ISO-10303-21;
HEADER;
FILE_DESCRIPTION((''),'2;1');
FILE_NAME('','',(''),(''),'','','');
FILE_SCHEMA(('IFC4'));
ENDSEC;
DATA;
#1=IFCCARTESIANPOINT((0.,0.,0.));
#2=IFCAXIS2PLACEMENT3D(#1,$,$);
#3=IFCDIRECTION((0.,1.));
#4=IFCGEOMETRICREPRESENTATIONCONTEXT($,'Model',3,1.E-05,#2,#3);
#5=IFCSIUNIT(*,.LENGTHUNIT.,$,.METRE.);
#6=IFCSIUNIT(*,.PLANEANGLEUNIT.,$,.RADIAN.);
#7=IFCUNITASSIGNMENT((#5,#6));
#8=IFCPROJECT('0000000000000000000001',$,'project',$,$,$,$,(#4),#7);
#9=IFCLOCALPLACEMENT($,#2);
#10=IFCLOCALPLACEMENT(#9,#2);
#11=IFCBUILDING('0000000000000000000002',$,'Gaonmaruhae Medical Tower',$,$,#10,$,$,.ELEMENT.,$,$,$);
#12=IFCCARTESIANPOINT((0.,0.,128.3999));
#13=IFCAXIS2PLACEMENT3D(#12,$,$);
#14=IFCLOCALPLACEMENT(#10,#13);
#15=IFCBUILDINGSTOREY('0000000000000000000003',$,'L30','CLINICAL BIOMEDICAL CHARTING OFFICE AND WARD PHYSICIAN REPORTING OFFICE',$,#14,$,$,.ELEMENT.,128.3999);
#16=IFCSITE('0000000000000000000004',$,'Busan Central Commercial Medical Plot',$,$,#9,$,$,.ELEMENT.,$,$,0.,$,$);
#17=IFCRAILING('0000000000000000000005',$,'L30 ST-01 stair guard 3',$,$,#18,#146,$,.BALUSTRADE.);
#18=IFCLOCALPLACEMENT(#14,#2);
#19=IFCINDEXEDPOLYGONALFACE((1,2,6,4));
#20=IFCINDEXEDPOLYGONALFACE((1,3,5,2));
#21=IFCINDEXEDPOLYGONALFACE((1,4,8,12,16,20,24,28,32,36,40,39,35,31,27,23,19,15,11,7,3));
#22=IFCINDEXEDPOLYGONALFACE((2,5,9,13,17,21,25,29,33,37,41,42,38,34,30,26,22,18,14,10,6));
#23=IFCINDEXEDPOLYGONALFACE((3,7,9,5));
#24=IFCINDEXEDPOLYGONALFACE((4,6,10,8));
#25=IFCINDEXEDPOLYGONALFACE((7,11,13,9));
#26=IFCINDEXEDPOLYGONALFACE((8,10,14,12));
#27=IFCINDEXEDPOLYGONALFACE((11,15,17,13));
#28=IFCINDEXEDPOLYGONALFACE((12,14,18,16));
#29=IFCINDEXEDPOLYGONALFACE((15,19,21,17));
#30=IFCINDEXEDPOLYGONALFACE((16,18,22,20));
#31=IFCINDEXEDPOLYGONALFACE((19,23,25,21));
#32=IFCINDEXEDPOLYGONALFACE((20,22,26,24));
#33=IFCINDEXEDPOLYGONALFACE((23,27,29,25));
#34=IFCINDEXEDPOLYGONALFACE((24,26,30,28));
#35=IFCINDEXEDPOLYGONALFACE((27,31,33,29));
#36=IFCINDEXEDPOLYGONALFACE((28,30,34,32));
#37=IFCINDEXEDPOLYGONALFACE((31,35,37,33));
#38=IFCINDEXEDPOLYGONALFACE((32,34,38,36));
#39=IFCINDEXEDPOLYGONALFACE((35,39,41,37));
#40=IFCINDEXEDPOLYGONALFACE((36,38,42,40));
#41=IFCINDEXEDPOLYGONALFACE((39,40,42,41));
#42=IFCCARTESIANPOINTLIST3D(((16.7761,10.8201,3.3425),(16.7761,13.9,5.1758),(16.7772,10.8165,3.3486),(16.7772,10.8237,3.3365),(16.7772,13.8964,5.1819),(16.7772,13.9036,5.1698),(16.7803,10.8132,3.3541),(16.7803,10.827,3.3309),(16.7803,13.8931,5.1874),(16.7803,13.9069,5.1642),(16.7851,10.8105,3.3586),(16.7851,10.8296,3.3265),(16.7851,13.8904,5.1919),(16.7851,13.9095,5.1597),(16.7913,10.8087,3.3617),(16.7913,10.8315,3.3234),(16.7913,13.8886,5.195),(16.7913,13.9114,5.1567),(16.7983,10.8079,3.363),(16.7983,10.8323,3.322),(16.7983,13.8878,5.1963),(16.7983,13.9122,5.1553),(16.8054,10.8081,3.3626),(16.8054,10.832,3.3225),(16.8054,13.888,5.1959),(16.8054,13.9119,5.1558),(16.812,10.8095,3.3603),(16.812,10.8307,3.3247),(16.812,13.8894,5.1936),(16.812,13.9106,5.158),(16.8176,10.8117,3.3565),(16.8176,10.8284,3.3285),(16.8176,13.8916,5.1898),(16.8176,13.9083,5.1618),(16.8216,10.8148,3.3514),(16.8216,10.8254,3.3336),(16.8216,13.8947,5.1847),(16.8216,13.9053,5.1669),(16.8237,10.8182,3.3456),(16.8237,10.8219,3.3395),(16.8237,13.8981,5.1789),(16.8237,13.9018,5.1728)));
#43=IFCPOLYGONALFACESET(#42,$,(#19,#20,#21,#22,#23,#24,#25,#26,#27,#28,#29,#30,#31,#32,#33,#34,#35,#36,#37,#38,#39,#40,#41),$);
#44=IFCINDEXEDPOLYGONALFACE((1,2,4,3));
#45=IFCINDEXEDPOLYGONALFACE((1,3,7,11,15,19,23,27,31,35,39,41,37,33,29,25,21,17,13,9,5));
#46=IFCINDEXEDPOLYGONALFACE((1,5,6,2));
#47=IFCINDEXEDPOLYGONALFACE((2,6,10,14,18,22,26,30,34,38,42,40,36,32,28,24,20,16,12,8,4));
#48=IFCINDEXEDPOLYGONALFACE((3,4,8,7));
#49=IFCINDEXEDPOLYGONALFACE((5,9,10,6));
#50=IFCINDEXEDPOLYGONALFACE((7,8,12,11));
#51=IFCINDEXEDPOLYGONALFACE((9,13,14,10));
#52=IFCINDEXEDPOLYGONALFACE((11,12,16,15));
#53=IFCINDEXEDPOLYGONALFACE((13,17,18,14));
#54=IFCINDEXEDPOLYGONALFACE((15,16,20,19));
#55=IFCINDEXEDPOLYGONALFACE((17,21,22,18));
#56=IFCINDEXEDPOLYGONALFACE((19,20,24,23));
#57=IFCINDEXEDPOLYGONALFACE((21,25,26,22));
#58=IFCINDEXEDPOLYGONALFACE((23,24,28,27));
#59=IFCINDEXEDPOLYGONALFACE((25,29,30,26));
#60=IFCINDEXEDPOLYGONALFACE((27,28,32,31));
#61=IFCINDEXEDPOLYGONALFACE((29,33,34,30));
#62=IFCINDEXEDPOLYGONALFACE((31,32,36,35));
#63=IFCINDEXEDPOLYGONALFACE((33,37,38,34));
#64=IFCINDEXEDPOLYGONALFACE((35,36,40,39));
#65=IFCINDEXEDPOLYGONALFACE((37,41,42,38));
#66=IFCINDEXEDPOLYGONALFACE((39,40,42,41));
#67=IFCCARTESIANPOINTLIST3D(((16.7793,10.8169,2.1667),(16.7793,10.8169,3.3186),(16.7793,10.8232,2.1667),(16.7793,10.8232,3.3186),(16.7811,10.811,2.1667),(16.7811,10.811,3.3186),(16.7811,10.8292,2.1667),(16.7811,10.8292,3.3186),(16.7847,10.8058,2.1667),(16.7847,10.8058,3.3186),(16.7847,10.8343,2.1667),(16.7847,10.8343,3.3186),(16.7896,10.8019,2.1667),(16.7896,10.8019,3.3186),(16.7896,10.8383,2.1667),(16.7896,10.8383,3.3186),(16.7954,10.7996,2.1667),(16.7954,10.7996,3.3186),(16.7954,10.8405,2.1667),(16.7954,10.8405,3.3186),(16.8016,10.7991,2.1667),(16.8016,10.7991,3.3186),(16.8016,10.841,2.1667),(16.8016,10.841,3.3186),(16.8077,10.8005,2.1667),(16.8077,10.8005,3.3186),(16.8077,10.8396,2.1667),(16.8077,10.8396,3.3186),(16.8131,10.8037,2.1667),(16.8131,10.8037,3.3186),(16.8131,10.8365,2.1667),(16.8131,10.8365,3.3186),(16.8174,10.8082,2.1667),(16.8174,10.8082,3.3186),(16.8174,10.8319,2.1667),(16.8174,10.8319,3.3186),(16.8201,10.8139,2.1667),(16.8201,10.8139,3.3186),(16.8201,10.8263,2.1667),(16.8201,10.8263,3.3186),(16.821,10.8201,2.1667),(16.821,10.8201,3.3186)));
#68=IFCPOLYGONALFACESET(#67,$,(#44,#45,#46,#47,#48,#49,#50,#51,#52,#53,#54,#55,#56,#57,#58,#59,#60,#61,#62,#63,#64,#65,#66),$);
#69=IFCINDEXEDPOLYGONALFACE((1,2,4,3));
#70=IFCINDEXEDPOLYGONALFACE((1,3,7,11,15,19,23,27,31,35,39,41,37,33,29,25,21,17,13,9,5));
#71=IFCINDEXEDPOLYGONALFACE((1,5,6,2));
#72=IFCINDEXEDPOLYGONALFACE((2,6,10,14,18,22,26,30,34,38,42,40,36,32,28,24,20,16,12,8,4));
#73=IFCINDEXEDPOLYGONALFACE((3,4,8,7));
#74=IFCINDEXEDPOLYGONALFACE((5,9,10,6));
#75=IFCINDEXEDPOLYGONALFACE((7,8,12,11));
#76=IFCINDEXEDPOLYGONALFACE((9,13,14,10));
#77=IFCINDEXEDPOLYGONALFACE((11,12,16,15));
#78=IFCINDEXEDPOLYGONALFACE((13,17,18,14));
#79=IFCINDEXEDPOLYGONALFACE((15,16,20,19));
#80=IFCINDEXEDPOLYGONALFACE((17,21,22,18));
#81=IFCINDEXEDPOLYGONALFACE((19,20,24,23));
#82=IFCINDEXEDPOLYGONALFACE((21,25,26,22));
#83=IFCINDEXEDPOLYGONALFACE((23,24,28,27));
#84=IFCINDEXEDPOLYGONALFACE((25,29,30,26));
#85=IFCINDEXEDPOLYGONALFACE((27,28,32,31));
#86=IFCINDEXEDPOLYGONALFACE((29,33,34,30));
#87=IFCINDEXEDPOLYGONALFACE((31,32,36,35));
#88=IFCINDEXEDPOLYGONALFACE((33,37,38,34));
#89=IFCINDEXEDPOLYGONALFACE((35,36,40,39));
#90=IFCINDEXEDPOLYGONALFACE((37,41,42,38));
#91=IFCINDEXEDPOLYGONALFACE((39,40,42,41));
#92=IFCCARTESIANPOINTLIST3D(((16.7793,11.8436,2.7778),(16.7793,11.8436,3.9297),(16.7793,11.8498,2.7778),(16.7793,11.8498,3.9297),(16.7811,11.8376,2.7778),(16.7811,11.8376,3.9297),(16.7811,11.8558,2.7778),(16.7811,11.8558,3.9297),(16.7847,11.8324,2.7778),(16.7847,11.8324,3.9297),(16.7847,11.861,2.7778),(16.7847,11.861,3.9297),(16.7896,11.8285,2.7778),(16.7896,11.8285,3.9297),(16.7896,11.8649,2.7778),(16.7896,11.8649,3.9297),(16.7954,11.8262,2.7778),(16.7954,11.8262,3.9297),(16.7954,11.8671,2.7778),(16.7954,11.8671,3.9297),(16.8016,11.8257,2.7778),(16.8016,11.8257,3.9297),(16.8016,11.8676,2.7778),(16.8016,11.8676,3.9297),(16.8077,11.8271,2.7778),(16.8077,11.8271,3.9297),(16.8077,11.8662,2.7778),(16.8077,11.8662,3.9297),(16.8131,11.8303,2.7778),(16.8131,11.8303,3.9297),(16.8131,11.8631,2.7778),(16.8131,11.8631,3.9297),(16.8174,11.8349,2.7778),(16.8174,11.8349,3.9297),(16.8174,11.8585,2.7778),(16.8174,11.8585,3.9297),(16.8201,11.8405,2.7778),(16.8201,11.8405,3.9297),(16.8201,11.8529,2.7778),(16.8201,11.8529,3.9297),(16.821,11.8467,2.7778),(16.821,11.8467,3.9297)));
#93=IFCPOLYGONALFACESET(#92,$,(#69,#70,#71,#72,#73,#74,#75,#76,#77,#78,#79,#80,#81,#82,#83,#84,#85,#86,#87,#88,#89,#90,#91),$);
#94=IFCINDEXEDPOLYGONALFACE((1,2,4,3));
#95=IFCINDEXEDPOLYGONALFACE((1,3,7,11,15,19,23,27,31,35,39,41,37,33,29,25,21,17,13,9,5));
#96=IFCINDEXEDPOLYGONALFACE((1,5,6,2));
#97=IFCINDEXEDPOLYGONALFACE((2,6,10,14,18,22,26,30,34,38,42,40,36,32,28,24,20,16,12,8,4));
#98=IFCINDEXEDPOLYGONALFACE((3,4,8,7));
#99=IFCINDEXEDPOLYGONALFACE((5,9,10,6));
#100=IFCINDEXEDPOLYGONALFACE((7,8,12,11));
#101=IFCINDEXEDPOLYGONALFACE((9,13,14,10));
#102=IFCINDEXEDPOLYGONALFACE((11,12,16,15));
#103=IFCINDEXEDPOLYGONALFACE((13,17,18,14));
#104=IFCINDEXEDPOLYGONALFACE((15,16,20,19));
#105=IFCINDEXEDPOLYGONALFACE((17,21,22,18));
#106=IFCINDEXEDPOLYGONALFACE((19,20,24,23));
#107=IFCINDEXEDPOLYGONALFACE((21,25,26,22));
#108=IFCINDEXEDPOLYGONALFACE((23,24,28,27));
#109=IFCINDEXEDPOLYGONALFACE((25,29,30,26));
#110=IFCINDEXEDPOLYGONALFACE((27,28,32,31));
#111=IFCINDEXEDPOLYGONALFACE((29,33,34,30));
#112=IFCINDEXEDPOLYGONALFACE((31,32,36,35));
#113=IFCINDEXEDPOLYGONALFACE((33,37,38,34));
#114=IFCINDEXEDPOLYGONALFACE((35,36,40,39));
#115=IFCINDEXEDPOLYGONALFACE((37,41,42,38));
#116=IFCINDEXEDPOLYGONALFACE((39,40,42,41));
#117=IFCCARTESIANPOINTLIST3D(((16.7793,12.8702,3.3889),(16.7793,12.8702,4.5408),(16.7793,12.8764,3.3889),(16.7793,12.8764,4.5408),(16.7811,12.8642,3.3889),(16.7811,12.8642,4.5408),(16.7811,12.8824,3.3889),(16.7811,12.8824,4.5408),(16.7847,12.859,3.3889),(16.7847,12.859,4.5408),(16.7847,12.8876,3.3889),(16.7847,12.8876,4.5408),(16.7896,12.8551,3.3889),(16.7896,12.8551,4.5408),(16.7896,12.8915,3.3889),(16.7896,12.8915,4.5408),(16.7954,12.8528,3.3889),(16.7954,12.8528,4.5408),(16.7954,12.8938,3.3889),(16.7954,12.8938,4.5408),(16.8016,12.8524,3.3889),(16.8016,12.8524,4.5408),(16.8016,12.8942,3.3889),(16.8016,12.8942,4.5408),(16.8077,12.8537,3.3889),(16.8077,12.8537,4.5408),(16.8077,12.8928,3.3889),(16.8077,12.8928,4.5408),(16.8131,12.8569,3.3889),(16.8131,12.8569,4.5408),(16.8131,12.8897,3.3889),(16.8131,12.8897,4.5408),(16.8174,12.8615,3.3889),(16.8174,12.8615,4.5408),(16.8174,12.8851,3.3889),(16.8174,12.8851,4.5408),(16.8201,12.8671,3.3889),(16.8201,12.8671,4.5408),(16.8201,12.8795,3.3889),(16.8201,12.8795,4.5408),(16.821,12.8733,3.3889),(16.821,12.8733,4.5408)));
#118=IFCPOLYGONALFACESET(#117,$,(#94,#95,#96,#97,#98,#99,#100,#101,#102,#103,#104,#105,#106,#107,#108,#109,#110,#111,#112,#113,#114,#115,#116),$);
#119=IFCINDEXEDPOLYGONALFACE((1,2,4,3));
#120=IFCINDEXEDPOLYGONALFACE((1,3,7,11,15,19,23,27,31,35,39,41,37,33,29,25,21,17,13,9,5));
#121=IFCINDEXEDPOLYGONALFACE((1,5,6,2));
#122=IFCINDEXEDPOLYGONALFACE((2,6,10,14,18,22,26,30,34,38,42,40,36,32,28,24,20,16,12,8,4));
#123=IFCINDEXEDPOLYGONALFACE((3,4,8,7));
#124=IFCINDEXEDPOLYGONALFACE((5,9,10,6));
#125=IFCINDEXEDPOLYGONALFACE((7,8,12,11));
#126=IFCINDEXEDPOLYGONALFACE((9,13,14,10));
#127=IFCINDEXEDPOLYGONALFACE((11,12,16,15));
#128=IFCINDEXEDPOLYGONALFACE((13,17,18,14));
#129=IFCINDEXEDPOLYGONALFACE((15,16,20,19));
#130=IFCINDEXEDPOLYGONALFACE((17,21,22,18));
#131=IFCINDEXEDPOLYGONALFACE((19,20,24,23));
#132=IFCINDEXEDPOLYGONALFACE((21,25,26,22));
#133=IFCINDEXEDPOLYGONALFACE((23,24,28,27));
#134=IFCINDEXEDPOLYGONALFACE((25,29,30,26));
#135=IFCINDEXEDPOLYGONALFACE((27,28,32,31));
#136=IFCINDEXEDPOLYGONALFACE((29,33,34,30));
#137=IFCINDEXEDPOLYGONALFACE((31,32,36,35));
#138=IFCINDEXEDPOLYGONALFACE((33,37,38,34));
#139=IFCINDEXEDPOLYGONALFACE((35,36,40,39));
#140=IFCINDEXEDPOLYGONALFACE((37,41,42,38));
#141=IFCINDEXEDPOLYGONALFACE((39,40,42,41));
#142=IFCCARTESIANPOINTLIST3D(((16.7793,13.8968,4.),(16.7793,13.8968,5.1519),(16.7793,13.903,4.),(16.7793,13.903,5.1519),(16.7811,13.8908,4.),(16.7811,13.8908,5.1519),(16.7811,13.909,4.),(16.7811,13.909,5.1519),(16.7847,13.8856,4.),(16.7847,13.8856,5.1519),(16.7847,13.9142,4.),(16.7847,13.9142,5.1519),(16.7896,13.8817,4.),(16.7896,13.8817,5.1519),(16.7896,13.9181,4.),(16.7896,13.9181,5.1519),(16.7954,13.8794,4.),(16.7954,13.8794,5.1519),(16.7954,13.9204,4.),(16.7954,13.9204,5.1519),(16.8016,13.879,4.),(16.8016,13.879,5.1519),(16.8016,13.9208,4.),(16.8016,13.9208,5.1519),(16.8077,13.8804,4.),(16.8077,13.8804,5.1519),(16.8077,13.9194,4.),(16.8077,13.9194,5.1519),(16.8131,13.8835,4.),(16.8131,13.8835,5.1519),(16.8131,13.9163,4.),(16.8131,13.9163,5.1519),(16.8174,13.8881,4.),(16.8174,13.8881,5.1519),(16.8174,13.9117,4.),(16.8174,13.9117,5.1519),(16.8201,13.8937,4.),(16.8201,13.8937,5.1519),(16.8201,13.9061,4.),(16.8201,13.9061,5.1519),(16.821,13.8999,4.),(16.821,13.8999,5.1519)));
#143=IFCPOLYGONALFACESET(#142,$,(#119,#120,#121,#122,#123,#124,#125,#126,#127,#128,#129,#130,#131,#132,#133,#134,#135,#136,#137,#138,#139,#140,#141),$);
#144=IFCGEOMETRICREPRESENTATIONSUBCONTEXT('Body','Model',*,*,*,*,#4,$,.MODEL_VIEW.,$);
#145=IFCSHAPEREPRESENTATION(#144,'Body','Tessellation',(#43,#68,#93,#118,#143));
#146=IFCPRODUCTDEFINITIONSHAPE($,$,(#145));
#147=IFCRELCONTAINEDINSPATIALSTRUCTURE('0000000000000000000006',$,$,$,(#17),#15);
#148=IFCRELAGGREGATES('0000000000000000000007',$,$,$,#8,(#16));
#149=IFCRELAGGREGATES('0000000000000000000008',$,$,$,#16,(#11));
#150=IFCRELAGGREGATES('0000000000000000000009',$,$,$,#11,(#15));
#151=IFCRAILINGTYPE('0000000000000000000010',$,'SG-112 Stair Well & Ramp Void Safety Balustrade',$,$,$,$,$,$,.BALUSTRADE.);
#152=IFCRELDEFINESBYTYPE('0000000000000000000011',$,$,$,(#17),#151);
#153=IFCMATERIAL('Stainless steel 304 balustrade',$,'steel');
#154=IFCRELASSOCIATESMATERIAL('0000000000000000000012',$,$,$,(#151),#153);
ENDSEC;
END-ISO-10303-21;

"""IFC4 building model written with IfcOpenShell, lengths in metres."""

from ifc_helpers import new_model, si_unit, direction, frame, origin, origin_2d, place, context, subcontext, project, spatial, circle, extrude, material, type_object, element, save


model = new_model("IFC4")

# Units and contexts
model_context = context("Model", 3, precision=1e-05, world=origin(), true_north=direction((0.0, 1.0)))
body_context = subcontext(model_context, "Body", "Model", "MODEL_VIEW")
ifc_project = project(units=[si_unit("LENGTHUNIT", "METRE"), si_unit("PLANEANGLEUNIT", "RADIAN")], contexts=[model_context])

# Site, building, storey
site_placement = place(None, origin())
site = spatial("IfcSite", under=ifc_project, at=site_placement, Name="Busan Central Commercial Medical Plot", CompositionType="ELEMENT", RefElevation=0.0)
building_placement = place(site_placement, origin())
building = spatial("IfcBuilding", under=site, at=building_placement, Name="Gaonmaruhae Medical Tower", CompositionType="ELEMENT")
storey_placement = place(building_placement, frame((0.0, 0.0, 128.3999)))
storey = spatial("IfcBuildingStorey", under=building, at=storey_placement, Name="L30", Description="CLINICAL BIOMEDICAL CHARTING OFFICE AND WARD PHYSICIAN REPORTING OFFICE", CompositionType="ELEMENT", Elevation=128.3999)

# Railing
ifc_material_1 = material(Name="Stainless steel 304 balustrade", Category="steel")
railing_type_1 = type_object("IfcRailingType", Name="SG-112 Stair Well & Ramp Void Safety Balustrade", PredefinedType="BALUSTRADE", material=ifc_material_1)
railing_1_placement = place(storey_placement, frame((16.8, 10.8201, 2.1667)))
element("IfcRailing", 1, at=railing_1_placement, inside=storey, type_object=railing_type_1, Name="L30 ST-01 stair guard 3", PredefinedType="BALUSTRADE", context=body_context, shape_type="SweptSolid", body=[
    extrude(circle(Radius=0.0239, at=origin_2d()), frame((0.0, 0.0, 1.1758), z_axis=(0.0, 0.859291, 0.511487), x_axis=(-1.0, 0.0, 0.0)), (0.0, 0.0, 1.0), 3.5842),
    extrude(circle(Radius=0.021, at=origin_2d()), origin(), (0.0, 0.0, 1.0), 1.1519),
    extrude(circle(Radius=0.021, at=origin_2d()), frame((0.0, 1.0266, 0.6111)), (0.0, 0.0, 1.0), 1.1519),
    extrude(circle(Radius=0.021, at=origin_2d()), frame((0.0, 2.0532, 1.2222)), (0.0, 0.0, 1.0), 1.1519),
    extrude(circle(Radius=0.021, at=origin_2d()), frame((0.0, 3.0798, 1.8333)), (0.0, 0.0, 1.0), 1.1519),
])

save(model, "model.ifc")
